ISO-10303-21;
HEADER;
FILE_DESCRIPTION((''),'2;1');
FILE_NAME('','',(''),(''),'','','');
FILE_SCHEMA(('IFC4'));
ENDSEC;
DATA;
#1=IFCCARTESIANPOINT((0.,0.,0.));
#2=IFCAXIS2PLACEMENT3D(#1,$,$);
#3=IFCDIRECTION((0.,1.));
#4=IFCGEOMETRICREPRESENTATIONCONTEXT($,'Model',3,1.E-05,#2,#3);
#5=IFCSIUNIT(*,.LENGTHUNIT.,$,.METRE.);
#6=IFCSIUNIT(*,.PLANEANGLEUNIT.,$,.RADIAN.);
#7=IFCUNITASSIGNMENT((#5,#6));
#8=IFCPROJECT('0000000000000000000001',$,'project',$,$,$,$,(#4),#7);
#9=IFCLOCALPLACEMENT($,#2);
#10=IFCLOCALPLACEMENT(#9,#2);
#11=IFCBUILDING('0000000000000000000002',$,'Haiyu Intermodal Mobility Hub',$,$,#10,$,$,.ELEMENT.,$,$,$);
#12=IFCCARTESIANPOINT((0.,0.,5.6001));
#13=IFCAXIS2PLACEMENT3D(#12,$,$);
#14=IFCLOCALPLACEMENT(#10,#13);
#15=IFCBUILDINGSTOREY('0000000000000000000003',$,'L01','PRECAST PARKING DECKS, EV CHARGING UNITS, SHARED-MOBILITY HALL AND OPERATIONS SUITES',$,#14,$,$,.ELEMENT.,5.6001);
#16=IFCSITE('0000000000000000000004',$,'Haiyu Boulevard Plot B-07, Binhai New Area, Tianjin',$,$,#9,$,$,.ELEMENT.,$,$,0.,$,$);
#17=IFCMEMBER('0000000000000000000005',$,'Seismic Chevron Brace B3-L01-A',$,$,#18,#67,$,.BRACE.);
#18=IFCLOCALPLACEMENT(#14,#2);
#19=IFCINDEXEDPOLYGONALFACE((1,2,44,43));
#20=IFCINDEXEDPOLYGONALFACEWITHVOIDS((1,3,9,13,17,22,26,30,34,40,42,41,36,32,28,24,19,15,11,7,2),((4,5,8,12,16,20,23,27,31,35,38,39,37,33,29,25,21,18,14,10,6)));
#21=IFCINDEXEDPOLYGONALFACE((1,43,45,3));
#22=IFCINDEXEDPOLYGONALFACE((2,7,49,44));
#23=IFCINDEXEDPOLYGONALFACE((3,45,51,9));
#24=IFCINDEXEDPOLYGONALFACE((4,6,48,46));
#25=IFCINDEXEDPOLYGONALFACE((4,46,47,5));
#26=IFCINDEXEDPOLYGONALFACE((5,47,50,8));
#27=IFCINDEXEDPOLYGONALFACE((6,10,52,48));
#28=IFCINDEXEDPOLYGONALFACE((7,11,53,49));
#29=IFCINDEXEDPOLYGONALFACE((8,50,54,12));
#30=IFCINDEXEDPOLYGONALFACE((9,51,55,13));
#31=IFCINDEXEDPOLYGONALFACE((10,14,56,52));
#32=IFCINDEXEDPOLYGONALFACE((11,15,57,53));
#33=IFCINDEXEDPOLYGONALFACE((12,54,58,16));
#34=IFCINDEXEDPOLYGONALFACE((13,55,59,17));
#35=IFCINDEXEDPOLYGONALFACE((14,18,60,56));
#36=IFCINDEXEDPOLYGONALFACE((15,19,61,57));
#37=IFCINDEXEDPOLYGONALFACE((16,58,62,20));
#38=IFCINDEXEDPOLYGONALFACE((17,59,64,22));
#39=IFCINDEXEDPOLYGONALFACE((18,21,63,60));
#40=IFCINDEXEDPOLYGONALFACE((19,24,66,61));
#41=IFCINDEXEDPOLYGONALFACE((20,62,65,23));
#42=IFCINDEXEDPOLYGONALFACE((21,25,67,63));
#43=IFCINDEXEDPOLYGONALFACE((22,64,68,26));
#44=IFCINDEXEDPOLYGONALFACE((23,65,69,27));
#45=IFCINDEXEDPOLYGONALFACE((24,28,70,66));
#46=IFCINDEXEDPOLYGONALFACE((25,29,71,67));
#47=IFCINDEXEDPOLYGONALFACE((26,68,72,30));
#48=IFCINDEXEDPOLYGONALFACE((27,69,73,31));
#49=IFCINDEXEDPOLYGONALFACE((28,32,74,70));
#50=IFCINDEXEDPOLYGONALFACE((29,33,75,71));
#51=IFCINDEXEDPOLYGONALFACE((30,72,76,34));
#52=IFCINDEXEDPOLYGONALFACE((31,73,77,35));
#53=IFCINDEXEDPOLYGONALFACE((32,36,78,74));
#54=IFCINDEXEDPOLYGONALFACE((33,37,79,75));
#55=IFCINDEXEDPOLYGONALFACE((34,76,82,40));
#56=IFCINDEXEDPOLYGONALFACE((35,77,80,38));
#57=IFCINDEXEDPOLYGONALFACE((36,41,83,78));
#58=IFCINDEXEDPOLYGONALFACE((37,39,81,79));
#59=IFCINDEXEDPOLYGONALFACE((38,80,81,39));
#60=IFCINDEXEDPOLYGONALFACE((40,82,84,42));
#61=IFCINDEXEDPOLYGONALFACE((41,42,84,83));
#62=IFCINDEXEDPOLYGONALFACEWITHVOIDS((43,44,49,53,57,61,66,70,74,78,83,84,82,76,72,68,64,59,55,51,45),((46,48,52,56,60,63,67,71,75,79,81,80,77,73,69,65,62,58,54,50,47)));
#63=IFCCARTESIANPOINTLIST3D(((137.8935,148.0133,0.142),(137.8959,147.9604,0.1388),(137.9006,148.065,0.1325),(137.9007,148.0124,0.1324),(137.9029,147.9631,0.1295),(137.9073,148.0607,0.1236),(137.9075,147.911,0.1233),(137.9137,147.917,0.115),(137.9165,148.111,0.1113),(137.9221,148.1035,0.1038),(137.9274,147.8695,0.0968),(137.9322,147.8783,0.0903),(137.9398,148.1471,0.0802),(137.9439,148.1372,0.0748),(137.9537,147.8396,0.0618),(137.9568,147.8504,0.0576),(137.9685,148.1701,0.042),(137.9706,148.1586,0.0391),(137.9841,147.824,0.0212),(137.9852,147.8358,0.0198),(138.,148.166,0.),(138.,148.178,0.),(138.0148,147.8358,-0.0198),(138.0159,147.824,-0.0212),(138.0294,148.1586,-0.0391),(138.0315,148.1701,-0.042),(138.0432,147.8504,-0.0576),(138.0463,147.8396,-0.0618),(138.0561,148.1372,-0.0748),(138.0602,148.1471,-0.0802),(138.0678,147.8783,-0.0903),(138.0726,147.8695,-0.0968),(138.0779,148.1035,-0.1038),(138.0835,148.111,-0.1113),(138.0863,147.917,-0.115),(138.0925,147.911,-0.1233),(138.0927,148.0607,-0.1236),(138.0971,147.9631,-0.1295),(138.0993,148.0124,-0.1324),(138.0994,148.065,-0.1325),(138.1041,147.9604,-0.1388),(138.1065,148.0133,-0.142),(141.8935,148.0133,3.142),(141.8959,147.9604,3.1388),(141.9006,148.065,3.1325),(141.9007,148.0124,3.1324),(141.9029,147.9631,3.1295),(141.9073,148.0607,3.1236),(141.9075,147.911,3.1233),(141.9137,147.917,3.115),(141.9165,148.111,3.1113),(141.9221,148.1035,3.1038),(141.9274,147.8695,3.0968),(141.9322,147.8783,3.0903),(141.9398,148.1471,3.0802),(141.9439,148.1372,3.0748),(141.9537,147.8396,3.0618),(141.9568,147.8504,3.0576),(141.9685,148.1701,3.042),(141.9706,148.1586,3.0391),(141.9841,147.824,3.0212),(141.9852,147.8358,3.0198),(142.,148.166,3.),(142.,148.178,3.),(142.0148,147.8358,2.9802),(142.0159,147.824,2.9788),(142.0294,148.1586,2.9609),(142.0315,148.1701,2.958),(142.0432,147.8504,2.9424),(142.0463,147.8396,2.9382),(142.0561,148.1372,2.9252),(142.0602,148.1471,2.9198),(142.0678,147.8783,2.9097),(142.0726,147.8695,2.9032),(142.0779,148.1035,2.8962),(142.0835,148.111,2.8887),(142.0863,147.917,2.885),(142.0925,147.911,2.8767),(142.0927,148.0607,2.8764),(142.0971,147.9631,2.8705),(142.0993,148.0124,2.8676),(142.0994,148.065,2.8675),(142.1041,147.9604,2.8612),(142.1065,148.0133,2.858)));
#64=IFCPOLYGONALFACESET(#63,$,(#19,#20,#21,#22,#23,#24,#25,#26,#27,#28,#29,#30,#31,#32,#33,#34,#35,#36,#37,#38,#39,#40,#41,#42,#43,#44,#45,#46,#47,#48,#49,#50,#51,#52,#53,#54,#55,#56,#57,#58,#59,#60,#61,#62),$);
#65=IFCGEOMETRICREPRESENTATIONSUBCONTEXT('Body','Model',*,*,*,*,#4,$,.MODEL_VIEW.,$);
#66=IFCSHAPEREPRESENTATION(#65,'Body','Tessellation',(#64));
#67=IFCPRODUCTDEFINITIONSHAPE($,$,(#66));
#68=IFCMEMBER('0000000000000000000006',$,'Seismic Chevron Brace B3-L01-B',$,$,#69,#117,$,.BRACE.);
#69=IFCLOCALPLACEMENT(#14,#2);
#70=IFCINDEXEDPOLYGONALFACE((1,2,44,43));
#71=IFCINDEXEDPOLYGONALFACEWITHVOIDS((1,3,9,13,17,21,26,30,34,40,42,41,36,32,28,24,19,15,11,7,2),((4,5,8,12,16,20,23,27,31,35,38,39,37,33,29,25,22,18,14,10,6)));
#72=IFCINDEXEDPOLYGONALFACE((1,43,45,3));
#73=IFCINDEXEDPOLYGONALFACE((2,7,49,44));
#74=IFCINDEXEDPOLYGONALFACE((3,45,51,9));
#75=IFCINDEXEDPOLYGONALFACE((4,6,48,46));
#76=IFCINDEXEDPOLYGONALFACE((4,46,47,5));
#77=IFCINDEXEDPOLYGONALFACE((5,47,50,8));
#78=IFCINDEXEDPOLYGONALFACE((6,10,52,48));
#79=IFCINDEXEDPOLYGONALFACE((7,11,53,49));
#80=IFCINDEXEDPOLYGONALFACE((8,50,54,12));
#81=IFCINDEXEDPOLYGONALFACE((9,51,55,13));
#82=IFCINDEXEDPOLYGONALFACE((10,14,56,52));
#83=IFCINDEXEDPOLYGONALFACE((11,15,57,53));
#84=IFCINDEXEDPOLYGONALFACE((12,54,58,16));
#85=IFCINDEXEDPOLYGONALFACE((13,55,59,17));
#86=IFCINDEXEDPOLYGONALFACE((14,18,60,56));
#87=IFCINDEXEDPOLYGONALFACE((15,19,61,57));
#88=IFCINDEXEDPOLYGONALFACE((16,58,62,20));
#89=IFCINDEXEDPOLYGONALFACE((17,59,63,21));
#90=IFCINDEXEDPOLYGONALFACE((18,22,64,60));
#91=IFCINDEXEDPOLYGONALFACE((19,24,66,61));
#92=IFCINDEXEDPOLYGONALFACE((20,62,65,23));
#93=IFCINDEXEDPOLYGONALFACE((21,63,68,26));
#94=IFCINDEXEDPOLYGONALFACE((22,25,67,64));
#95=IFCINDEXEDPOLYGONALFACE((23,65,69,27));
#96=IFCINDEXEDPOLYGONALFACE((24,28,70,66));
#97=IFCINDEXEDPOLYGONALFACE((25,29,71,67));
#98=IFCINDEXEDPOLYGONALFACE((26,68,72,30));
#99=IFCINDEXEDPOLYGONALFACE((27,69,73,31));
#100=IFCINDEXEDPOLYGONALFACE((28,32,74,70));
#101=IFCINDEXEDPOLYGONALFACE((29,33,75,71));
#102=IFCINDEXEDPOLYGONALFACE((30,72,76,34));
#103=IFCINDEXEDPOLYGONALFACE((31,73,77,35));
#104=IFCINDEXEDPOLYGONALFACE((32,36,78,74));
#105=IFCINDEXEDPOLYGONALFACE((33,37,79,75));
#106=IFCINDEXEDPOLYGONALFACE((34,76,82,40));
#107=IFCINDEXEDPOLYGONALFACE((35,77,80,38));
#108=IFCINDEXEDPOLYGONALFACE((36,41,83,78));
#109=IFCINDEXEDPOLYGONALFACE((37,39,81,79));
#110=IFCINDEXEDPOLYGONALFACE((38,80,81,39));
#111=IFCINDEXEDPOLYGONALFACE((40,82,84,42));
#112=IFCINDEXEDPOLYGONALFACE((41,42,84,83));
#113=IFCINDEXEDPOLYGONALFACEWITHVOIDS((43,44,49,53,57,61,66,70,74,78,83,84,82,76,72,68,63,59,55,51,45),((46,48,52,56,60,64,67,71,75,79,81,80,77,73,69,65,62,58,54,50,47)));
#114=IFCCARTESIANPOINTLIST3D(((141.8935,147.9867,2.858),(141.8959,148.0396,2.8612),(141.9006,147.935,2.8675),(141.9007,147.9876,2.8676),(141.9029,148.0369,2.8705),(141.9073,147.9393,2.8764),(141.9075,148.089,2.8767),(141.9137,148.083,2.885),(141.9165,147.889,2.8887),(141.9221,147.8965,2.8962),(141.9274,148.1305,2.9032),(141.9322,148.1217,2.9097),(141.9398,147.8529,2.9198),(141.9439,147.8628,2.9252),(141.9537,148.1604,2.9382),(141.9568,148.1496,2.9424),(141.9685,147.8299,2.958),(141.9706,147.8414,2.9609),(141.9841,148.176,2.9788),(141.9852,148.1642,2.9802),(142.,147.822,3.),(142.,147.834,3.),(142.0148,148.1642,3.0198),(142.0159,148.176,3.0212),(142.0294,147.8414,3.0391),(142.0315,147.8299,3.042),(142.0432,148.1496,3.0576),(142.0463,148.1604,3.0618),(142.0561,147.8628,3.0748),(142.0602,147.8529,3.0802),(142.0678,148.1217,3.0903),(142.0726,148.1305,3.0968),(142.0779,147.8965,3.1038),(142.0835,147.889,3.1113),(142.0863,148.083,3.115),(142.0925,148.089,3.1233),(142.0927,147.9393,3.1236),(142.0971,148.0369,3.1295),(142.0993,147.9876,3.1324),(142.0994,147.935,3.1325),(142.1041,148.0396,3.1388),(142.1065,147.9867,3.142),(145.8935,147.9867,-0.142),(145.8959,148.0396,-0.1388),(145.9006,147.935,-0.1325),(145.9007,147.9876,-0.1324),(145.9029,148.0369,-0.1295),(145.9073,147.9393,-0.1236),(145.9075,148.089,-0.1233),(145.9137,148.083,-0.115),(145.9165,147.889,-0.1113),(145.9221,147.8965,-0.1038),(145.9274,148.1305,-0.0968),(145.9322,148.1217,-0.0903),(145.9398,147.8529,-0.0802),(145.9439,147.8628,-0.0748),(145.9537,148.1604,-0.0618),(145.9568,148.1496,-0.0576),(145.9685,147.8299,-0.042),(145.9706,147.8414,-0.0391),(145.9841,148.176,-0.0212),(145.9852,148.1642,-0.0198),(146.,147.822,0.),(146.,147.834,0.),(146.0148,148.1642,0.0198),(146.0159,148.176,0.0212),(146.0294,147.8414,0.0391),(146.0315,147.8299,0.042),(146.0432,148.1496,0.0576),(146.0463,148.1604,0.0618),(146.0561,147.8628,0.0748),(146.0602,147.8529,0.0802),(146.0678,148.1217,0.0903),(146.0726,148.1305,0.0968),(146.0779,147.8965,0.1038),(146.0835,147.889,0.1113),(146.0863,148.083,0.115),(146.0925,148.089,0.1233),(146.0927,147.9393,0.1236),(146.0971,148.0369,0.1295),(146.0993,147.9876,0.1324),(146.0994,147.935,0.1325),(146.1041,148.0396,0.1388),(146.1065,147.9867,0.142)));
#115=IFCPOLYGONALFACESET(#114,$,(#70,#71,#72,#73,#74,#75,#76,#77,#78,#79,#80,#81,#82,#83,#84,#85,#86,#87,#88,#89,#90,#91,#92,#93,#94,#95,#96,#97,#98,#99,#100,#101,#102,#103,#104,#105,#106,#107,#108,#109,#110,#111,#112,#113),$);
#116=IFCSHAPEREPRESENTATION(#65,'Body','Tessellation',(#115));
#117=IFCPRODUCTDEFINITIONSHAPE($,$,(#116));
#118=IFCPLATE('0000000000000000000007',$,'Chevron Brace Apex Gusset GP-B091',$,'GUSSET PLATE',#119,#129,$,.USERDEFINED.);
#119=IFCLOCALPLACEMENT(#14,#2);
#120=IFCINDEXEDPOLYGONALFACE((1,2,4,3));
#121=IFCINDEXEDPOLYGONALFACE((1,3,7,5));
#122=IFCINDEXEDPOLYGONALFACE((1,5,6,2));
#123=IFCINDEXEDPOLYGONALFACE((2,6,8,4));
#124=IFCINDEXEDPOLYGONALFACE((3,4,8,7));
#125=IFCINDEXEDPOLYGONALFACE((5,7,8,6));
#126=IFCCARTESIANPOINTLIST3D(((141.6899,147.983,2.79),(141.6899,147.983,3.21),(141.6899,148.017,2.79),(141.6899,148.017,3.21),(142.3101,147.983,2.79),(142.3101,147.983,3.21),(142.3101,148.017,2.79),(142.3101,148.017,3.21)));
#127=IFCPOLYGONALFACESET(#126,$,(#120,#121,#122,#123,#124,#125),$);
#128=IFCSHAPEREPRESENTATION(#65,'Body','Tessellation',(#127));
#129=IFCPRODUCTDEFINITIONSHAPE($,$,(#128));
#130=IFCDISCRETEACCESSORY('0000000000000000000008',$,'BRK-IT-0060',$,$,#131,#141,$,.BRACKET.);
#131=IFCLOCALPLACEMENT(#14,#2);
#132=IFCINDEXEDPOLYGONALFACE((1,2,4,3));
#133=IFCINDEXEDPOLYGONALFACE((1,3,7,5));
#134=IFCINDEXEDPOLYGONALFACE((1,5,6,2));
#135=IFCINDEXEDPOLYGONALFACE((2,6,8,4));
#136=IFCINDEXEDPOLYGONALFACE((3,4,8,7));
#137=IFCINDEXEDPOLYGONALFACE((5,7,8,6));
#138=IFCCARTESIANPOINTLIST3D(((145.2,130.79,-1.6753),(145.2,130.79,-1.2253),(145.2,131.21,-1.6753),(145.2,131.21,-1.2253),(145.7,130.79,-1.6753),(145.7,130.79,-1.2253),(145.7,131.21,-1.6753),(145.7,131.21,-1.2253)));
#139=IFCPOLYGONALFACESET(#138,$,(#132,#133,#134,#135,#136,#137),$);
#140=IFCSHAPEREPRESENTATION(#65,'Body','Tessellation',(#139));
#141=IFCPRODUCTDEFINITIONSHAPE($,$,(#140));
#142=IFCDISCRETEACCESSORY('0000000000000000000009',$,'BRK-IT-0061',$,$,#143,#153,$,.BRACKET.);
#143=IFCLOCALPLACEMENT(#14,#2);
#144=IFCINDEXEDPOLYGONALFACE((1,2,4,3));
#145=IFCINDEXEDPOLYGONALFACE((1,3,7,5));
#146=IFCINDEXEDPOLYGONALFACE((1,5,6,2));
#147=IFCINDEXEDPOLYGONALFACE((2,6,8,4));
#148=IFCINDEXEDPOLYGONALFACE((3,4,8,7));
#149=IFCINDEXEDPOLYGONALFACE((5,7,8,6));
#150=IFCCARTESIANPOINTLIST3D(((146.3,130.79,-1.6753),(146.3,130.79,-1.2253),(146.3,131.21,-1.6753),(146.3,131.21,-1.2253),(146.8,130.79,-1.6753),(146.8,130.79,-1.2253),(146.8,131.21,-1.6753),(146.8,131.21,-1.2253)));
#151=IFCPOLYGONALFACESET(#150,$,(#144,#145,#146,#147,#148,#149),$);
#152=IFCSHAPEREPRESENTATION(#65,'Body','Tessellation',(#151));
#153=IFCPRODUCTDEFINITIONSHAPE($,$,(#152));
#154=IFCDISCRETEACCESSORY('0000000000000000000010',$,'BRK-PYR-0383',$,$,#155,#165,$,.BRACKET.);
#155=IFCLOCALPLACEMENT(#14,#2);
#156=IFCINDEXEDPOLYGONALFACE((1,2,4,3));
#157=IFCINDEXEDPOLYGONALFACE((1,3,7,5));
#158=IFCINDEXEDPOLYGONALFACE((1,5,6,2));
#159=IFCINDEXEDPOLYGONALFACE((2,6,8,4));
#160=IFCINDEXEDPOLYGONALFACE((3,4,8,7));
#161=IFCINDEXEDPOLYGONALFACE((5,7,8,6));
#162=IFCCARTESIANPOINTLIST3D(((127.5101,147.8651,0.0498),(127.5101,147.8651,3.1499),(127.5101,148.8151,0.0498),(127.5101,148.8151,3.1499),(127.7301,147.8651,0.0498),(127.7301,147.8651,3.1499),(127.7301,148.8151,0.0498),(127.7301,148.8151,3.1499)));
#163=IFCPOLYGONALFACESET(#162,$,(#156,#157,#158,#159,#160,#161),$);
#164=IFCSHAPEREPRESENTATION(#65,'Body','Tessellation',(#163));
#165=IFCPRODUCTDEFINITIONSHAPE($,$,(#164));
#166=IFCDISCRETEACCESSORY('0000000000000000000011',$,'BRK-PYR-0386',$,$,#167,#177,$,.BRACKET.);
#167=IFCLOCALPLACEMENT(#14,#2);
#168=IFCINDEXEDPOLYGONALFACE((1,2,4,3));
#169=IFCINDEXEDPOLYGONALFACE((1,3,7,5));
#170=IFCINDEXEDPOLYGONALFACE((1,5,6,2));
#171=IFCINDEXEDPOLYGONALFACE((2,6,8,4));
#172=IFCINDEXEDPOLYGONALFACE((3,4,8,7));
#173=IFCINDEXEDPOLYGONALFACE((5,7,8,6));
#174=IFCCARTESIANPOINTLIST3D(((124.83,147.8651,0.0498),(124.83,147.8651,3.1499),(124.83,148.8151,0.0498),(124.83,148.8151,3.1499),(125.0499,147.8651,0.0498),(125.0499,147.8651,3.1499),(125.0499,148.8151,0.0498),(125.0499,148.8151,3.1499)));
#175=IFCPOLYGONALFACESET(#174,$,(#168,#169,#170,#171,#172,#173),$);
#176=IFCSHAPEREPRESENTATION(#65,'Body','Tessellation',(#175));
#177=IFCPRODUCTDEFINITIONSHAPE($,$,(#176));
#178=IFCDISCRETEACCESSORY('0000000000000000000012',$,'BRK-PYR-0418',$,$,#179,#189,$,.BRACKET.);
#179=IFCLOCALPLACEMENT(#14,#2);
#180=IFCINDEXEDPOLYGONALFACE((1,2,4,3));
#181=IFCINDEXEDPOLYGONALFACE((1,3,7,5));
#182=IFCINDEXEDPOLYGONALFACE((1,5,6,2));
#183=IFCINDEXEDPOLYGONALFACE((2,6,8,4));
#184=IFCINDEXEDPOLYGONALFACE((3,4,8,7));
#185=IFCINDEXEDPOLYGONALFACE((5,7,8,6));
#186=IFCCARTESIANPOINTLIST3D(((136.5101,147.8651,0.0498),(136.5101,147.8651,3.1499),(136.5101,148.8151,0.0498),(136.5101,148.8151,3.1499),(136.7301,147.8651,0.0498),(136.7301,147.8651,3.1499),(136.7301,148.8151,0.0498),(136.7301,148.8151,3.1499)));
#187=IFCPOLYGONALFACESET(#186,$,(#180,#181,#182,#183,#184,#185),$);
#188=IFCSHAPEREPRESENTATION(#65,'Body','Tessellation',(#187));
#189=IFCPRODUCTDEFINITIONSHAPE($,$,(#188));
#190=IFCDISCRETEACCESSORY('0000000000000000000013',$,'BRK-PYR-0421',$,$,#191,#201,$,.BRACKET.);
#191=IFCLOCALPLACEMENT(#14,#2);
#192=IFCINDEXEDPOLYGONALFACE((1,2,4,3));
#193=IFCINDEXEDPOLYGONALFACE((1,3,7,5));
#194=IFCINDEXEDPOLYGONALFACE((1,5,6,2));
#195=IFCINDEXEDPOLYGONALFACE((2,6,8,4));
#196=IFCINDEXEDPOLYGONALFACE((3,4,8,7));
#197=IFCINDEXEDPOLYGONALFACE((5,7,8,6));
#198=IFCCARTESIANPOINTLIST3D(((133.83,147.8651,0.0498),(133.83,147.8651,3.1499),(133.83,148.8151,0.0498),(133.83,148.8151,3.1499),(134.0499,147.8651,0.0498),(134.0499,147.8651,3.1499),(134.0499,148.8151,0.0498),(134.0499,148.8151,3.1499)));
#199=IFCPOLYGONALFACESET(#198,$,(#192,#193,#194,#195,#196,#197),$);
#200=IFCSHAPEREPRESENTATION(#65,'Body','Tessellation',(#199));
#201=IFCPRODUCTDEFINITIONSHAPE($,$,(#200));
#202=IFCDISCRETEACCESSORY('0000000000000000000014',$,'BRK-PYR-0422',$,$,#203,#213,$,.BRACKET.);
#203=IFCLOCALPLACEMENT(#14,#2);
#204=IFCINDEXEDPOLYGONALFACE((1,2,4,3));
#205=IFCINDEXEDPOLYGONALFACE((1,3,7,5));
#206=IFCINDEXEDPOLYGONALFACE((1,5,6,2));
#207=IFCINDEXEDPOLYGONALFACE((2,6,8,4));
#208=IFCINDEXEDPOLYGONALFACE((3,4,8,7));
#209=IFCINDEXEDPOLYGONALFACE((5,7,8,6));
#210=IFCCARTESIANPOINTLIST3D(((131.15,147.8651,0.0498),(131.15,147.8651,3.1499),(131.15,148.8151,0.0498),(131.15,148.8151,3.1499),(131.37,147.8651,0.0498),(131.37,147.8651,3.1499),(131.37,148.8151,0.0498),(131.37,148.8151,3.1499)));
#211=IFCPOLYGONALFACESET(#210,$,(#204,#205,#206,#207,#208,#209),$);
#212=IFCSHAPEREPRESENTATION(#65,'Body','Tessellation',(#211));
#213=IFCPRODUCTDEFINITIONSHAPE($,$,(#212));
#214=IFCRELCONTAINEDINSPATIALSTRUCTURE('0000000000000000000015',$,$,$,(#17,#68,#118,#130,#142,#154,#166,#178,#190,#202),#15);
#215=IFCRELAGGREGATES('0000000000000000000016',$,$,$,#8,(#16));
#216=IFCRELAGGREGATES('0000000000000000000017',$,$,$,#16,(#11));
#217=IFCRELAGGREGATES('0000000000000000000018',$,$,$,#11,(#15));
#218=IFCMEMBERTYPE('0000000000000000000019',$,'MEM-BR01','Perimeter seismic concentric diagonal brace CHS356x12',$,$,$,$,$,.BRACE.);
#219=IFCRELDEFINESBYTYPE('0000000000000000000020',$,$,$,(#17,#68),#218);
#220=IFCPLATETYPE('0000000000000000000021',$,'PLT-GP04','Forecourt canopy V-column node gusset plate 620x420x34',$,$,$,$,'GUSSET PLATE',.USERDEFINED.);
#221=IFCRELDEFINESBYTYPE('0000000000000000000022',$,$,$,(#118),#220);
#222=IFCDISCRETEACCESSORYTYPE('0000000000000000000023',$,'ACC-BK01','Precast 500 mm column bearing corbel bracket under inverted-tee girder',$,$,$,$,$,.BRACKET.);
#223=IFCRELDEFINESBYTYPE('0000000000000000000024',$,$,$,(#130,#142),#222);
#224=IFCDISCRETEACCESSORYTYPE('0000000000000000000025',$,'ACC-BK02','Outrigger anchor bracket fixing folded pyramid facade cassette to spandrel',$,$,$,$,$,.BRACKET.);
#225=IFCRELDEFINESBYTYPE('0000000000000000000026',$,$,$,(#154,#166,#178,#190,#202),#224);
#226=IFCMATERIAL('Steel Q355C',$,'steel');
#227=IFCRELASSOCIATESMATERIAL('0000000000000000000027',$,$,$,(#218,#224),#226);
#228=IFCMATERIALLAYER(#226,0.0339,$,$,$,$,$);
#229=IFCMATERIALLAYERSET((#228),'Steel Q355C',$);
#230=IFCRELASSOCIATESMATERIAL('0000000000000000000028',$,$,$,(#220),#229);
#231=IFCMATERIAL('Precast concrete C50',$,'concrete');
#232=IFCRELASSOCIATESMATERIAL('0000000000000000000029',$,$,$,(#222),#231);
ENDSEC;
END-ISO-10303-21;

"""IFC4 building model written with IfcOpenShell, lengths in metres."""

from ifc_helpers import new_model, si_unit, direction, frame, origin, origin_2d, place, context, subcontext, project, spatial, rectangle, hollow_circle, extrude, material, layer, layer_set, material_profile, profile_set, type_object, element, save


model = new_model("IFC4")

# Units and contexts
model_context = context("Model", 3, precision=1e-05, world=origin(), true_north=direction((0.0, 1.0)))
body_context = subcontext(model_context, "Body", "Model", "MODEL_VIEW")
ifc_project = project(units=[si_unit("LENGTHUNIT", "METRE"), si_unit("PLANEANGLEUNIT", "RADIAN")], contexts=[model_context])

# Site, building, storey
site_placement = place(None, origin())
site = spatial("IfcSite", under=ifc_project, at=site_placement, Name="Haiyu Boulevard Plot B-07, Binhai New Area, Tianjin", CompositionType="ELEMENT", RefElevation=0.0)
building_placement = place(site_placement, origin())
building = spatial("IfcBuilding", under=site, at=building_placement, Name="Haiyu Intermodal Mobility Hub", CompositionType="ELEMENT")
storey_placement = place(building_placement, frame((0.0, 0.0, 5.6001)))
storey = spatial("IfcBuildingStorey", under=building, at=storey_placement, Name="L01", Description="PRECAST PARKING DECKS, EV CHARGING UNITS, SHARED-MOBILITY HALL AND OPERATIONS SUITES", CompositionType="ELEMENT", Elevation=5.6001)

# Shared definitions
ifc_material_1 = material(Name="Precast concrete C50", Category="concrete")

# Members
ifc_material_2 = material(Name="Steel Q355C", Category="steel")
ifc_material_profile_1 = material_profile(ifc_material_2, hollow_circle(Radius=0.178, WallThickness=0.012, at=origin_2d()), Name="CHS356x12")
ifc_profile_set_1 = profile_set([ifc_material_profile_1], Name="Steel Q355C")
member_type = type_object("IfcMemberType", Name="MEM-BR01", Description="Perimeter seismic concentric diagonal brace CHS356x12", PredefinedType="BRACE", material=ifc_profile_set_1)
for number, where, z_axis, x_axis, name in (
    (1, (138.0, 148.0, 0.0), (0.8, 0.0, 0.6), (0.0, 1.0, 0.0), "Seismic Chevron Brace B3-L01-A"),
    (2, (146.0, 148.0, 0.0), (-0.8, 0.0, 0.6), (0.0, -1.0, 0.0), "Seismic Chevron Brace B3-L01-B"),
):
    element("IfcMember", number, at=place(storey_placement, frame(where, z_axis=z_axis, x_axis=x_axis)), inside=storey, type_object=member_type, Name=name, PredefinedType="BRACE", context=body_context, shape_type="SweptSolid", body=[
        extrude(hollow_circle(Radius=0.178, WallThickness=0.012, at=origin_2d()), origin(), (0.0, 0.0, 1.0), 5.0),
    ])

# Plate
ifc_layer = layer(ifc_material_2, 0.0339)
ifc_layer_set = layer_set([ifc_layer], Name="Steel Q355C")
plate_type = type_object("IfcPlateType", Name="PLT-GP04", Description="Forecourt canopy V-column node gusset plate 620x420x34", ElementType="GUSSET PLATE", PredefinedType="USERDEFINED", material=ifc_layer_set)
plate_placement = place(storey_placement, frame((142.0, 148.0, 2.79), z_axis=(0.0, 0.0, 1.0), x_axis=(1.0, 0.0, 0.0)))
element("IfcPlate", 3, at=plate_placement, inside=storey, type_object=plate_type, Name="Chevron Brace Apex Gusset GP-B091", ObjectType="GUSSET PLATE", PredefinedType="USERDEFINED", context=body_context, shape_type="SweptSolid", body=[
    extrude(rectangle(XDim=0.6201, YDim=0.0339, at=origin_2d()), origin(), (0.0, 0.0, 1.0), 0.4199),
])

# Discrete accessories
discrete_accessory_type_1 = type_object("IfcDiscreteAccessoryType", Name="ACC-BK01", Description="Precast 500 mm column bearing corbel bracket under inverted-tee girder", PredefinedType="BRACKET", material=ifc_material_1)
for number, where, z_axis, x_axis, name in (
    (4, (145.45, 131.0, -1.6753), (0.0, 0.0, 1.0), (1.0, 0.0, 0.0), "BRK-IT-0060"),
    (5, (146.55, 131.0, -1.6753), (0.0, 0.0, 1.0), (1.0, 0.0, 0.0), "BRK-IT-0061"),
):
    element("IfcDiscreteAccessory", number, at=place(storey_placement, frame(where, z_axis=z_axis, x_axis=x_axis)), inside=storey, type_object=discrete_accessory_type_1, Name=name, PredefinedType="BRACKET", context=body_context, shape_type="SweptSolid", body=[
        extrude(rectangle(XDim=0.5, YDim=0.4199, at=origin_2d()), origin(), (0.0, 0.0, 1.0), 0.45),
    ])
discrete_accessory_type_2 = type_object("IfcDiscreteAccessoryType", Name="ACC-BK02", Description="Outrigger anchor bracket fixing folded pyramid facade cassette to spandrel", PredefinedType="BRACKET", material=ifc_material_2)
for number, where, z_axis, x_axis, name in (
    (6, (127.6201, 148.3401, 0.0498), (0.0, 0.0, 1.0), (1.0, 0.0, 0.0), "BRK-PYR-0383"),
    (7, (124.9399, 148.3401, 0.0498), (0.0, 0.0, 1.0), (1.0, 0.0, 0.0), "BRK-PYR-0386"),
    (8, (136.6201, 148.3401, 0.0498), (0.0, 0.0, 1.0), (1.0, 0.0, 0.0), "BRK-PYR-0418"),
    (9, (133.9399, 148.3401, 0.0498), (0.0, 0.0, 1.0), (1.0, 0.0, 0.0), "BRK-PYR-0421"),
    (10, (131.26, 148.3401, 0.0498), (0.0, 0.0, 1.0), (1.0, 0.0, 0.0), "BRK-PYR-0422"),
):
    element("IfcDiscreteAccessory", number, at=place(storey_placement, frame(where, z_axis=z_axis, x_axis=x_axis)), inside=storey, type_object=discrete_accessory_type_2, Name=name, PredefinedType="BRACKET", context=body_context, shape_type="SweptSolid", body=[
        extrude(rectangle(XDim=0.22, YDim=0.95, at=origin_2d()), origin(), (0.0, 0.0, 1.0), 3.1001),
    ])

save(model, "model.ifc")
